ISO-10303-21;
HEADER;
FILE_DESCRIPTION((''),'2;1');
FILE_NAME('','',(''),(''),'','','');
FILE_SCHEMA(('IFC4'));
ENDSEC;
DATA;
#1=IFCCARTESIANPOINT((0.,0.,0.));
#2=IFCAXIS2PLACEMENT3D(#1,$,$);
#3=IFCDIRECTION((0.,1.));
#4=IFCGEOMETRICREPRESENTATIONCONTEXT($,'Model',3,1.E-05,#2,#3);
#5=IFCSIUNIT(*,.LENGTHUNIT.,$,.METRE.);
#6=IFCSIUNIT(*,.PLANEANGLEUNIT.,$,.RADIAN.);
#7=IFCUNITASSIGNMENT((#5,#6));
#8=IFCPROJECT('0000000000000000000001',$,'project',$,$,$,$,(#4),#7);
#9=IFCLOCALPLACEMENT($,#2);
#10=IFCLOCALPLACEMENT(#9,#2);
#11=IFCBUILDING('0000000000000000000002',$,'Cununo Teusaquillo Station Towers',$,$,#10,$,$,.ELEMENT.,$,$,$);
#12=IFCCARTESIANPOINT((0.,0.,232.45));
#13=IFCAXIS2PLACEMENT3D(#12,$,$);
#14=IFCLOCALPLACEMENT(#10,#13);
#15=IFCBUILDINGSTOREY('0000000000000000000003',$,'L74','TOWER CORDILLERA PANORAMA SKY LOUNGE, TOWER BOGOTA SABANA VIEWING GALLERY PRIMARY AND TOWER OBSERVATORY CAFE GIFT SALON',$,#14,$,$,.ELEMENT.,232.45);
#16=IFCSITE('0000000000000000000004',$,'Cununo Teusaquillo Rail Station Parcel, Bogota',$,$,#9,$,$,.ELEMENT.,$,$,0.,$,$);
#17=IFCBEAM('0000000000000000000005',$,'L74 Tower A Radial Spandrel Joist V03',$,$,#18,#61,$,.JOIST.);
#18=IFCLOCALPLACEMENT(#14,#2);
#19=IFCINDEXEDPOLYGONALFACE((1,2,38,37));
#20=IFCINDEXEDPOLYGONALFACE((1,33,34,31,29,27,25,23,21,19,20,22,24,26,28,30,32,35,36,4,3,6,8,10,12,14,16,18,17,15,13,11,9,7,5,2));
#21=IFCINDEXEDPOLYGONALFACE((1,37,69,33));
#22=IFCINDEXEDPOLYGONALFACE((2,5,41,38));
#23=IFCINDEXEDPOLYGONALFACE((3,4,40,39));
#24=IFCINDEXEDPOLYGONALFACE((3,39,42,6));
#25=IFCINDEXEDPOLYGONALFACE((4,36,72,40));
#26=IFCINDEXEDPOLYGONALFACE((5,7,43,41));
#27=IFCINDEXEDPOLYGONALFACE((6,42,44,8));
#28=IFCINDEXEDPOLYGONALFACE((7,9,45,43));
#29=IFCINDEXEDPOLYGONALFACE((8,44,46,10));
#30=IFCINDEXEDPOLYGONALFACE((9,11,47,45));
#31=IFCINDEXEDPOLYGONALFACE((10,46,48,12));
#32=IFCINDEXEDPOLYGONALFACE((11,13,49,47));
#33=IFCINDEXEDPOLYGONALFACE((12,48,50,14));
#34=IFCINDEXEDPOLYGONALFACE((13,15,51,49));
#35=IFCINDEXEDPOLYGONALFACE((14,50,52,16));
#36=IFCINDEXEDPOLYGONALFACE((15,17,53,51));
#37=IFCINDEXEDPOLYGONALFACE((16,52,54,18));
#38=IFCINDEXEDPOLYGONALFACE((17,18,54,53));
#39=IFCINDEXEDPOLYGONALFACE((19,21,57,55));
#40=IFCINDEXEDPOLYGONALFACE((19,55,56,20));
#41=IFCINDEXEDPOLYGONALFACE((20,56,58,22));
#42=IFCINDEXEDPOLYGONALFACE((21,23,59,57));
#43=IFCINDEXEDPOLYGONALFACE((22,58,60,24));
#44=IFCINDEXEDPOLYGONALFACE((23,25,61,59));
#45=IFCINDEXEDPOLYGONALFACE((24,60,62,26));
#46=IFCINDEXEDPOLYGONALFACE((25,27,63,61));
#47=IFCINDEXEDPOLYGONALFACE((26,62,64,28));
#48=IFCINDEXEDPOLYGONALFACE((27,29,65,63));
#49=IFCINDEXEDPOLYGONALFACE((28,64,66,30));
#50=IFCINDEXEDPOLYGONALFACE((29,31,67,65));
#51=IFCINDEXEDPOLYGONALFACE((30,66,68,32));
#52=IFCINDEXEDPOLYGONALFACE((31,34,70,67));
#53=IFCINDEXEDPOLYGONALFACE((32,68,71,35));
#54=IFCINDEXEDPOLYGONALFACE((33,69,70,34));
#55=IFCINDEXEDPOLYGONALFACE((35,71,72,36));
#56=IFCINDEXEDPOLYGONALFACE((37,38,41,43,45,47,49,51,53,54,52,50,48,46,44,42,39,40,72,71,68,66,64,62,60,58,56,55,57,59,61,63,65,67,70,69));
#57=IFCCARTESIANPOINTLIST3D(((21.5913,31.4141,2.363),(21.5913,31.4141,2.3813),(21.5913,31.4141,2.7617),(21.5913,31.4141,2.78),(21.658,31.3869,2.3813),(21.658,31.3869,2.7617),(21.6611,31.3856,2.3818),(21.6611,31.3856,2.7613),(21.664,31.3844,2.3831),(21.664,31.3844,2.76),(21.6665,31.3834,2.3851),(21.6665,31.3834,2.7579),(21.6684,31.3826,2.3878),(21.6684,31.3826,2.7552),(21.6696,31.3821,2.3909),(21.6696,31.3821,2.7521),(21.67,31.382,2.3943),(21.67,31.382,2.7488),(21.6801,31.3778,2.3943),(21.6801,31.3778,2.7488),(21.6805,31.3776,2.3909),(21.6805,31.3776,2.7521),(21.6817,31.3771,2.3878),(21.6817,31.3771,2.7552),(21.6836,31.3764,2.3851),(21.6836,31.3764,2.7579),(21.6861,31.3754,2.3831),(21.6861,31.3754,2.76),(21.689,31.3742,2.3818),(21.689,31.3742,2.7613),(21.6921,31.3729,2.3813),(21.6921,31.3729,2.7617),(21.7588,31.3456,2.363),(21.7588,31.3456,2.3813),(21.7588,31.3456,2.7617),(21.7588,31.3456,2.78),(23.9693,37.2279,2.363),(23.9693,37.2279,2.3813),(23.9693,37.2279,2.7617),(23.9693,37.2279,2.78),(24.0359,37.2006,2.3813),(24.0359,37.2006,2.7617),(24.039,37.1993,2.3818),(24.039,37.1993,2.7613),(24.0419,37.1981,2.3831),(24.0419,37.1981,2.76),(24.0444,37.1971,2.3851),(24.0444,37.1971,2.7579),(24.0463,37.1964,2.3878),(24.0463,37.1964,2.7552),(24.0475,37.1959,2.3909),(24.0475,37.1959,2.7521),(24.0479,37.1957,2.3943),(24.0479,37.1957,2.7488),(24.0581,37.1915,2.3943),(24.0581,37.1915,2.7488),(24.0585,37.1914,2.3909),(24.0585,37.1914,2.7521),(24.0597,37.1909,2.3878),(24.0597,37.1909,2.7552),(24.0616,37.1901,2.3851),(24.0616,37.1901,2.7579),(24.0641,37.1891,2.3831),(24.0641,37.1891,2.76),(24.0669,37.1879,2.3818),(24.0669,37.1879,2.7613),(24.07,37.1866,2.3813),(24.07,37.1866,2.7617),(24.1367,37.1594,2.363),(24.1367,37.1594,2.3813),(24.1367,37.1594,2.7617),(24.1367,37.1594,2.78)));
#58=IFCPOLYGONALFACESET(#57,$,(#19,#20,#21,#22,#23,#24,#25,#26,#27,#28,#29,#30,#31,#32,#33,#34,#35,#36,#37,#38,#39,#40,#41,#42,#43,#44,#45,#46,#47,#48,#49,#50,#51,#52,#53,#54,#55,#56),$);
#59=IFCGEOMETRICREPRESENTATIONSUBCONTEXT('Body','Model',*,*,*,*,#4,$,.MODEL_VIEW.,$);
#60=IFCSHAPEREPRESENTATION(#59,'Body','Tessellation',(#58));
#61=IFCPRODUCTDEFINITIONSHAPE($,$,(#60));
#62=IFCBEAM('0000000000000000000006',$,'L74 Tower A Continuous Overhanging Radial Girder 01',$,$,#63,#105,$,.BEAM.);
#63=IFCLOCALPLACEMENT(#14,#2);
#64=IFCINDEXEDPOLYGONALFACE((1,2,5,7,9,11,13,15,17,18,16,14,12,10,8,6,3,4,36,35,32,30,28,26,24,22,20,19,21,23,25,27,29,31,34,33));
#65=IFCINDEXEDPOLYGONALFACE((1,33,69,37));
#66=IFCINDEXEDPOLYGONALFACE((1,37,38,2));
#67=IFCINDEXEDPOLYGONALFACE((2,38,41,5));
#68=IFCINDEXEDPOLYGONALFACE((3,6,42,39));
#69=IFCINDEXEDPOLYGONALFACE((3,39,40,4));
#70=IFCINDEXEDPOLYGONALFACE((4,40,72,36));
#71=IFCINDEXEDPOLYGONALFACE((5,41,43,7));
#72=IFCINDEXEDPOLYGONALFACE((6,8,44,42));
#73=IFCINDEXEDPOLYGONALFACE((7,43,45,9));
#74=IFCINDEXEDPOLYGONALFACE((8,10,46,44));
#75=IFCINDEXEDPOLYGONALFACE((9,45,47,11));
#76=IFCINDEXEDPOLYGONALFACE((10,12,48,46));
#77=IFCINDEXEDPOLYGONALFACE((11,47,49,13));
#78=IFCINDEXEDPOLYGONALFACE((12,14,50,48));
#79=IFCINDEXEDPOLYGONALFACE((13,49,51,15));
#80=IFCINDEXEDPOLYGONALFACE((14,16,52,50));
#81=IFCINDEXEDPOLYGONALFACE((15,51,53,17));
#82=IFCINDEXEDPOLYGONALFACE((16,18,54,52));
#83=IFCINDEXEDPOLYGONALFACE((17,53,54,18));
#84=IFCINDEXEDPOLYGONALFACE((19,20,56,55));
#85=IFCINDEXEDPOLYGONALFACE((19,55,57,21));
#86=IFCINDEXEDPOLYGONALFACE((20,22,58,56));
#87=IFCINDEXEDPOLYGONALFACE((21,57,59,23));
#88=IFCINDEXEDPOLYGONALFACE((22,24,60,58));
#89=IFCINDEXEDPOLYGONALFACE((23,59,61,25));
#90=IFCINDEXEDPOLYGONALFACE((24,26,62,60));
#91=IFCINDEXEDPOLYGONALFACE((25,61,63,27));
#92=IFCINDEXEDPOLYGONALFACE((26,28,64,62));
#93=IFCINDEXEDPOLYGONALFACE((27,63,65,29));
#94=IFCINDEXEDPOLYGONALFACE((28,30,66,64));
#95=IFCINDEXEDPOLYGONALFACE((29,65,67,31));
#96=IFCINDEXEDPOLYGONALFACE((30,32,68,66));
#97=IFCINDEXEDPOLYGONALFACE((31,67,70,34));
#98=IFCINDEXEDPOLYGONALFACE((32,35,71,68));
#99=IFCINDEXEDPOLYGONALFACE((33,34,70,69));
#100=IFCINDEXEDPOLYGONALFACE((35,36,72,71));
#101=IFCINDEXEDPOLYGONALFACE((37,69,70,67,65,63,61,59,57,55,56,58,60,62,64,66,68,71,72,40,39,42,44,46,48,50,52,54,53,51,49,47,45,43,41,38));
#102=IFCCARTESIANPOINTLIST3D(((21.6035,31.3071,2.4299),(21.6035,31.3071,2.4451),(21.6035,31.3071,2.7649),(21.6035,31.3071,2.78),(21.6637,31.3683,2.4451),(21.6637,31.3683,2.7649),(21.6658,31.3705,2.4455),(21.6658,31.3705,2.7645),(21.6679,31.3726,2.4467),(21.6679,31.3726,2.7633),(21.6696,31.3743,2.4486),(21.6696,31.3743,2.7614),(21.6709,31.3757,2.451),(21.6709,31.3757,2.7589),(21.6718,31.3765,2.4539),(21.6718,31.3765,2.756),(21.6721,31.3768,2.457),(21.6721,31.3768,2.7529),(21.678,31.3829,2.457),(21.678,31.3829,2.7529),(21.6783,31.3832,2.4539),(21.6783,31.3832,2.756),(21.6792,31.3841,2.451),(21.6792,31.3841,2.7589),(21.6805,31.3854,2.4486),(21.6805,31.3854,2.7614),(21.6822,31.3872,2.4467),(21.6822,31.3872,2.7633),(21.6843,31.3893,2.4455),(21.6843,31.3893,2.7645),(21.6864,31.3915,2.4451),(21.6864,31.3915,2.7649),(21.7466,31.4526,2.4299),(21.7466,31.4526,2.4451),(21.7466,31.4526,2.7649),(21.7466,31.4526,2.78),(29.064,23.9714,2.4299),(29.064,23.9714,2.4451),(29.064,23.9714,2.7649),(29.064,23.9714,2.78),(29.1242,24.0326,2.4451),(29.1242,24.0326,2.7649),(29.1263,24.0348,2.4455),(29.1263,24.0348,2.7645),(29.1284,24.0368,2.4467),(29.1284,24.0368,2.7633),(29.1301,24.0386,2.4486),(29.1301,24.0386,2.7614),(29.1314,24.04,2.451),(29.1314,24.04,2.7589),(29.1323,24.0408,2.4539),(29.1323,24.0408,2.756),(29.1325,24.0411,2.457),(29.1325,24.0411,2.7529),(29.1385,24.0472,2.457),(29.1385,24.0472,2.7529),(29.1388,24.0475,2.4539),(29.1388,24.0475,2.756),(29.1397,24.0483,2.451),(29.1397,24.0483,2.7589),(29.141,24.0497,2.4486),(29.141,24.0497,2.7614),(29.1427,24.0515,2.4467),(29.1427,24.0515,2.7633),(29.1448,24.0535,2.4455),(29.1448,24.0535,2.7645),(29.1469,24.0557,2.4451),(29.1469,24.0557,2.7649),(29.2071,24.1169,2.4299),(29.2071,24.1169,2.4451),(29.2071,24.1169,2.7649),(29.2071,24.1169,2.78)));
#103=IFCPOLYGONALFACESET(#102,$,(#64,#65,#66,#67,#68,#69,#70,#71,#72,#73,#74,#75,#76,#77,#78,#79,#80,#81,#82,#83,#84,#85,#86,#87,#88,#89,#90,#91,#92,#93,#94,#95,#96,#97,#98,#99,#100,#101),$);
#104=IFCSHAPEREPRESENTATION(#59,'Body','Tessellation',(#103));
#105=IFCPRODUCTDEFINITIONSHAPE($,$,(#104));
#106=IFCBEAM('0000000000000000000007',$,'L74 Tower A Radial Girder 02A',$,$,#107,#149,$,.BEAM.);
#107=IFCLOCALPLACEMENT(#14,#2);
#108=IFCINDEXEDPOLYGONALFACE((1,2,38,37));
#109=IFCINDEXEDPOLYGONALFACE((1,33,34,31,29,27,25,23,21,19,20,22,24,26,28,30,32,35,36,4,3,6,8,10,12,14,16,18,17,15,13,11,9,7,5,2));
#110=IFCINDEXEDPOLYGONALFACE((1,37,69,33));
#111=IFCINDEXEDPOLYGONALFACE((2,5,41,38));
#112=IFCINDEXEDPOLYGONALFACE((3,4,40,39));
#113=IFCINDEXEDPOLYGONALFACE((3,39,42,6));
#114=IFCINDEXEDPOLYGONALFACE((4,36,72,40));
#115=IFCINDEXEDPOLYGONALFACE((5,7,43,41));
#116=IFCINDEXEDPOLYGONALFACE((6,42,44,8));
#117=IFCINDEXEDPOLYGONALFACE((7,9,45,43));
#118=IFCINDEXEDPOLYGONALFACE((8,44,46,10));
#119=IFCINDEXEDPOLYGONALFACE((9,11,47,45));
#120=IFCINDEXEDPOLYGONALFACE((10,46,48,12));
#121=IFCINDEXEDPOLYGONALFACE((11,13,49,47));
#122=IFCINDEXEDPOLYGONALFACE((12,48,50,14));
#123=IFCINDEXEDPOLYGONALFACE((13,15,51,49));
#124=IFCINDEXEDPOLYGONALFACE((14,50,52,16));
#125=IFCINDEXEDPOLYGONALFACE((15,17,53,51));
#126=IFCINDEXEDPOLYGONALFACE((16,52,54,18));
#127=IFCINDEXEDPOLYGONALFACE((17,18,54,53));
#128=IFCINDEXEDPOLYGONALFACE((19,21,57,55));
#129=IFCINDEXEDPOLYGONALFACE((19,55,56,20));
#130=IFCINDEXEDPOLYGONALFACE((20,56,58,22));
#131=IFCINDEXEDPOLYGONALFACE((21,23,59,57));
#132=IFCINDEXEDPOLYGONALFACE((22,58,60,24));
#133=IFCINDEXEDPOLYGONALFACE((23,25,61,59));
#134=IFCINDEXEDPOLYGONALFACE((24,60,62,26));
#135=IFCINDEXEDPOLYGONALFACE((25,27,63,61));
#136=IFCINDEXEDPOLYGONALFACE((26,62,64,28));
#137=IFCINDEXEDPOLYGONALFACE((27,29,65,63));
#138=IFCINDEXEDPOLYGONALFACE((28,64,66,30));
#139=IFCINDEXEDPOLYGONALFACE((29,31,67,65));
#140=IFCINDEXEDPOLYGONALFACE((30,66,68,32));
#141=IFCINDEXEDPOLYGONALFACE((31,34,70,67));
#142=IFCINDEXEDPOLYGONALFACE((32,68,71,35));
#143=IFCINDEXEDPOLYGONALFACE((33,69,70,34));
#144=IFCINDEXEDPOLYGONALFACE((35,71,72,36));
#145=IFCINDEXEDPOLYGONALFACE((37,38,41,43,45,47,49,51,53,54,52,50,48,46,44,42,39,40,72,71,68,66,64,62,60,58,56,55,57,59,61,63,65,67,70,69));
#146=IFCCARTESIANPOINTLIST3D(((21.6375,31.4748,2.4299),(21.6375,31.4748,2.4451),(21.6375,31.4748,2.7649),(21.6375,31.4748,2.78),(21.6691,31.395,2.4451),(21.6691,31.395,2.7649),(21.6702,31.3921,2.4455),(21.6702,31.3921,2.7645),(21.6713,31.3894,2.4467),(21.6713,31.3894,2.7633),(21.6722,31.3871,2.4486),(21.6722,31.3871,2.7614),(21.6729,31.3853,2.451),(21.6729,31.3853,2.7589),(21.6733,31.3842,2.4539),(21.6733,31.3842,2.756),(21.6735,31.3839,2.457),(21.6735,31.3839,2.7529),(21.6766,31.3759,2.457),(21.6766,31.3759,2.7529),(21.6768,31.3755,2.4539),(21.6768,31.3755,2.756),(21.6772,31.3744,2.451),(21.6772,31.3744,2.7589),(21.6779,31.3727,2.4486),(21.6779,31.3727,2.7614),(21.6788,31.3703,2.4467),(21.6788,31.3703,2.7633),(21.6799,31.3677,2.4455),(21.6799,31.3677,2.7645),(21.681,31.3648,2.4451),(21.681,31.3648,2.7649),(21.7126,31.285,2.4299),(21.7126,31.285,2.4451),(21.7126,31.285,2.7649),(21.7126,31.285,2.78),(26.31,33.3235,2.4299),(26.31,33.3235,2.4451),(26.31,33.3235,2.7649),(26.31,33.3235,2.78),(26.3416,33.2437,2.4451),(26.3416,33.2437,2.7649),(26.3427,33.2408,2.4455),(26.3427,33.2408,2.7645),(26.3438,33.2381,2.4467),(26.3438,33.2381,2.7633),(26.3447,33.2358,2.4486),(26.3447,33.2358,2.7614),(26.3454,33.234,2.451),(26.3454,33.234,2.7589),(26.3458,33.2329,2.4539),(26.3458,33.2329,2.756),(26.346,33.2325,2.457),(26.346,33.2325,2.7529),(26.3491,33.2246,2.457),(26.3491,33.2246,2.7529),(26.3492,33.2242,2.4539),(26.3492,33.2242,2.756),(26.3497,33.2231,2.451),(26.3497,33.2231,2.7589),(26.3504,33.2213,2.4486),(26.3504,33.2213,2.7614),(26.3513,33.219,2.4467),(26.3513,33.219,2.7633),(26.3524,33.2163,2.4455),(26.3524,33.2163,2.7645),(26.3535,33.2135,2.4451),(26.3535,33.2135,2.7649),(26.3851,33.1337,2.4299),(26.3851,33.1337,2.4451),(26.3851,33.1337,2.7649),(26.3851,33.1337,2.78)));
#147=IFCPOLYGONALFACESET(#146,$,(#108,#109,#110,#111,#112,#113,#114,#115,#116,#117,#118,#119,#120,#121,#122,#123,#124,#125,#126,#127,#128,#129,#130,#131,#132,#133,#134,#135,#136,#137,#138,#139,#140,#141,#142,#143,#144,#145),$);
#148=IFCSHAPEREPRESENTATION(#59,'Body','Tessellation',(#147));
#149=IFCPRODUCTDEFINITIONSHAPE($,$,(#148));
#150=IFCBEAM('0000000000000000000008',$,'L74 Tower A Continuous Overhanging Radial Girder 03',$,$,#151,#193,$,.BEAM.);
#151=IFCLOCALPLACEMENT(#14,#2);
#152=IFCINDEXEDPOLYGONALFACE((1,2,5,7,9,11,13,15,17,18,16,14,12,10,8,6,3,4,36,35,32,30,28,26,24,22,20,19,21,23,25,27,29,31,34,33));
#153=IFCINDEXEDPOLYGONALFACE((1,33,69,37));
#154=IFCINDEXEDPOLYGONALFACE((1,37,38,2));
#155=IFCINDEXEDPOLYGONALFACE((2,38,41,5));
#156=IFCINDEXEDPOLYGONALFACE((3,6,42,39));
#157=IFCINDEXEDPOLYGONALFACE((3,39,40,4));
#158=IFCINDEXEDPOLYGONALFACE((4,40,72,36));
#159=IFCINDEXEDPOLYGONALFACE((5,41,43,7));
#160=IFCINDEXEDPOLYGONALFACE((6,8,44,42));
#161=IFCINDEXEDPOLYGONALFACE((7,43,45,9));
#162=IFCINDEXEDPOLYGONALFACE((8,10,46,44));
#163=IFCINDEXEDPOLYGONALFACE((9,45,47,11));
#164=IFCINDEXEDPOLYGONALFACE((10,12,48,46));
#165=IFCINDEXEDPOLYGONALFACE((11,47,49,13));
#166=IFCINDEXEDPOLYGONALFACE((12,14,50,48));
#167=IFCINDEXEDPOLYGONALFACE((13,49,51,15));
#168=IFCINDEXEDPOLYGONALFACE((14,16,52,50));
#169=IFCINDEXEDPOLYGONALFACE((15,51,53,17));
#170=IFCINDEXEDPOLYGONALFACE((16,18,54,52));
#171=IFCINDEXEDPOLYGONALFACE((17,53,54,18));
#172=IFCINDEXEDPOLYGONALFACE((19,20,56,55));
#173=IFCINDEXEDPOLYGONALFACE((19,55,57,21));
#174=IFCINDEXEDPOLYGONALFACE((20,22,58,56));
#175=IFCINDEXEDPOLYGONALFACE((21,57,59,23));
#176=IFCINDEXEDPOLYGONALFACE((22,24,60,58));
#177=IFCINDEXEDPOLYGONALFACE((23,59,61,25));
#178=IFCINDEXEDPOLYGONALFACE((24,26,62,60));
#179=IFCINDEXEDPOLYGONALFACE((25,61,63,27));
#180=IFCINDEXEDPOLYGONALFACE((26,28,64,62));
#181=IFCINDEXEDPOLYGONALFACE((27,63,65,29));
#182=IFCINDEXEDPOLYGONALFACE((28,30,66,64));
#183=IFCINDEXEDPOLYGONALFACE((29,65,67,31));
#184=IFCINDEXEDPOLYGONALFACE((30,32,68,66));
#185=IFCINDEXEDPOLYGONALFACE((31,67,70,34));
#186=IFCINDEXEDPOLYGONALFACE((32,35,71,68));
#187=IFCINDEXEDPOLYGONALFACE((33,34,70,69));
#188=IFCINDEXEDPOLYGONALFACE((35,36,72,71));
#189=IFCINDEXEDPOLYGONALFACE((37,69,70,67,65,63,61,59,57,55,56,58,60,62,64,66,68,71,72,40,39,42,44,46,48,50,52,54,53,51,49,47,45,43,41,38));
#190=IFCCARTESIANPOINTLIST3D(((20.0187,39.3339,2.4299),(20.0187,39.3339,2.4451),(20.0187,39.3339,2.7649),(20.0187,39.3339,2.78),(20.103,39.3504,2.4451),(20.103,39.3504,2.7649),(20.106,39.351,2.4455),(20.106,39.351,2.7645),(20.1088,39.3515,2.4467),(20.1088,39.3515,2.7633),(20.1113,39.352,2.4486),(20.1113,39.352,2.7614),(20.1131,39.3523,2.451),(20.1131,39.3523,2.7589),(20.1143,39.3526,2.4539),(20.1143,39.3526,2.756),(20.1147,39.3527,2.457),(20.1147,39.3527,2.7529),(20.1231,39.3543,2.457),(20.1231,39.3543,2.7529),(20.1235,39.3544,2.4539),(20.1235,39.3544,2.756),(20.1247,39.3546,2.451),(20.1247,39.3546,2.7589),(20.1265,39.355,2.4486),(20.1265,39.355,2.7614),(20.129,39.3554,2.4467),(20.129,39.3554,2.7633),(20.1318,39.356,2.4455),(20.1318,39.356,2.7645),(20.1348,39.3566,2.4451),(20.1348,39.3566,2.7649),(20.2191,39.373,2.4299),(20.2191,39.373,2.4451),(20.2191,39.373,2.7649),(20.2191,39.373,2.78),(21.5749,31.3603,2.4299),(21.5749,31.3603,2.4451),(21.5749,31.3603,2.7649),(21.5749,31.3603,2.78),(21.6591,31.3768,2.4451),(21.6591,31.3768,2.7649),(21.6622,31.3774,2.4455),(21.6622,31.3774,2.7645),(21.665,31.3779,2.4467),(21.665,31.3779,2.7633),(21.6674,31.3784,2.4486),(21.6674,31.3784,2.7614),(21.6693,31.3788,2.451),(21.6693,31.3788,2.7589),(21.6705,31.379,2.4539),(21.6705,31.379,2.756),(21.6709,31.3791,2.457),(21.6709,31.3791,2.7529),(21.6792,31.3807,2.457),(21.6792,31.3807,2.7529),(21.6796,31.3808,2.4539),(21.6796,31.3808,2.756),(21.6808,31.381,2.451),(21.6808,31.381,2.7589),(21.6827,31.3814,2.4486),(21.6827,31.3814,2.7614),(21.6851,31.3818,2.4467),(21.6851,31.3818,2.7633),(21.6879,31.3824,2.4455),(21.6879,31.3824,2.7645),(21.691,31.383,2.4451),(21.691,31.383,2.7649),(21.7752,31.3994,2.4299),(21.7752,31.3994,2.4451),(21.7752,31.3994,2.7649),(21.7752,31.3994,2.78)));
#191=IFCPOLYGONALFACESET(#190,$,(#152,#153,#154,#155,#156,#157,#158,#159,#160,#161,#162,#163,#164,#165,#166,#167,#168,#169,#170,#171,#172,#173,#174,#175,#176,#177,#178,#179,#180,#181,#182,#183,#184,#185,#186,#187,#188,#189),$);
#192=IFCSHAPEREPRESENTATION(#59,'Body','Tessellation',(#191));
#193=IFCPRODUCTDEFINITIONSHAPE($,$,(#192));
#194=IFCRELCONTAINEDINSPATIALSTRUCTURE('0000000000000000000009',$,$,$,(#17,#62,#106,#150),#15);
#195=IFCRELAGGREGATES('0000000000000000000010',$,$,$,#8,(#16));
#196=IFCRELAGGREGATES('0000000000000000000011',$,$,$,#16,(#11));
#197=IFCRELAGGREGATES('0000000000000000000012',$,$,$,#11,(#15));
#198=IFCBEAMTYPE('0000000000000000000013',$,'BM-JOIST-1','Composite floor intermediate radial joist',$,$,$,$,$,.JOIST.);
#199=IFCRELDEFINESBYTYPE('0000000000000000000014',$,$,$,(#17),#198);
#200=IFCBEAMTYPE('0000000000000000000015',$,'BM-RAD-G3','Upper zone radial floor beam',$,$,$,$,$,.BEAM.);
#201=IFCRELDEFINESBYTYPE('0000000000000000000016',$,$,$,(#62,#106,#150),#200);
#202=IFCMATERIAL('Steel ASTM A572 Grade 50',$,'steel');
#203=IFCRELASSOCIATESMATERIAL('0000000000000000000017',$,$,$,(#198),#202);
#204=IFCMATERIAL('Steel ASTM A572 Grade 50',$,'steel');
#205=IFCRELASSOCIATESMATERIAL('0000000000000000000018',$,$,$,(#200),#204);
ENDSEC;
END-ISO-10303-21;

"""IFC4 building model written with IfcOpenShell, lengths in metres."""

from ifc_helpers import new_model, si_unit, direction, frame, origin, origin_2d, place, context, subcontext, project, spatial, i_section, extrude, material, material_profile, profile_set, type_object, element, save


model = new_model("IFC4")

# Units and contexts
model_context = context("Model", 3, precision=1e-05, world=origin(), true_north=direction((0.0, 1.0)))
body_context = subcontext(model_context, "Body", "Model", "MODEL_VIEW")
ifc_project = project(units=[si_unit("LENGTHUNIT", "METRE"), si_unit("PLANEANGLEUNIT", "RADIAN")], contexts=[model_context])

# Site, building, storey
site_placement = place(None, origin())
site = spatial("IfcSite", under=ifc_project, at=site_placement, Name="Cununo Teusaquillo Rail Station Parcel, Bogota", CompositionType="ELEMENT", RefElevation=0.0)
building_placement = place(site_placement, origin())
building = spatial("IfcBuilding", under=site, at=building_placement, Name="Cununo Teusaquillo Station Towers", CompositionType="ELEMENT")
storey_placement = place(building_placement, frame((0.0, 0.0, 232.45)))
storey = spatial("IfcBuildingStorey", under=building, at=storey_placement, Name="L74", Description="TOWER CORDILLERA PANORAMA SKY LOUNGE, TOWER BOGOTA SABANA VIEWING GALLERY PRIMARY AND TOWER OBSERVATORY CAFE GIFT SALON", CompositionType="ELEMENT", Elevation=232.45)

# Beams
ifc_material_1 = material(Name="Steel ASTM A572 Grade 50", Category="steel")
ifc_material_profile_1 = material_profile(ifc_material_1, i_section(OverallWidth=0.1809, OverallDepth=0.417, WebThickness=0.011, FlangeThickness=0.0183, FilletRadius=0.0129, at=origin_2d()), Name="W16X57")
ifc_profile_set_1 = profile_set([ifc_material_profile_1], Name="Steel ASTM A572 Grade 50")
beam_type_1 = type_object("IfcBeamType", Name="BM-JOIST-1", Description="Composite floor intermediate radial joist", PredefinedType="JOIST", material=ifc_profile_set_1)
beam_1_placement = place(storey_placement, frame((21.675, 31.3799, 2.5715), z_axis=(0.378577, 0.92557, 0.0), x_axis=(-0.92557, 0.378577, 0.0)))
element("IfcBeam", 1, at=beam_1_placement, inside=storey, type_object=beam_type_1, Name="L74 Tower A Radial Spandrel Joist V03", PredefinedType="JOIST", context=body_context, shape_type="SweptSolid", body=[
    extrude(i_section(OverallWidth=0.1809, OverallDepth=0.417, WebThickness=0.011, FlangeThickness=0.0183, FilletRadius=0.0129, at=origin_2d()), origin(), (0.0, 0.0, 1.0), 6.2812),
])
ifc_material_2 = material(Name="Steel ASTM A572 Grade 50", Category="steel")
ifc_material_profile_2 = material_profile(ifc_material_2, i_section(OverallWidth=0.2041, OverallDepth=0.3501, WebThickness=0.0085, FlangeThickness=0.0151, FilletRadius=0.012, at=origin_2d()), Name="W14X48")
ifc_profile_set_2 = profile_set([ifc_material_profile_2], Name="Steel ASTM A572 Grade 50")
beam_type_2 = type_object("IfcBeamType", Name="BM-RAD-G3", Description="Upper zone radial floor beam", PredefinedType="BEAM", material=ifc_profile_set_2)
beam_2_placement = place(storey_placement, frame((21.675, 31.3799, 2.605), z_axis=(0.713044, -0.70112, 0.0), x_axis=(0.70112, 0.713044, 0.0)))
element("IfcBeam", 2, at=beam_2_placement, inside=storey, type_object=beam_type_2, Name="L74 Tower A Continuous Overhanging Radial Girder 01", PredefinedType="BEAM", context=body_context, shape_type="SweptSolid", body=[
    extrude(i_section(OverallWidth=0.2041, OverallDepth=0.3501, WebThickness=0.0085, FlangeThickness=0.0151, FilletRadius=0.012, at=origin_2d()), origin(), (0.0, 0.0, 1.0), 10.4629),
])
beam_3_placement = place(storey_placement, frame((21.675, 31.3799, 2.605), z_axis=(0.929864, 0.367903, 0.0), x_axis=(-0.367903, 0.929864, 0.0)))
element("IfcBeam", 3, at=beam_3_placement, inside=storey, type_object=beam_type_2, Name="L74 Tower A Radial Girder 02A", PredefinedType="BEAM", context=body_context, shape_type="SweptSolid", body=[
    extrude(i_section(OverallWidth=0.2041, OverallDepth=0.3501, WebThickness=0.0085, FlangeThickness=0.0151, FilletRadius=0.012, at=origin_2d()), origin(), (0.0, 0.0, 1.0), 5.0249),
])
beam_4_placement = place(storey_placement, frame((21.675, 31.3799, 2.605), z_axis=(-0.191548, 0.981483, 0.0), x_axis=(-0.981483, -0.191548, 0.0)))
element("IfcBeam", 4, at=beam_4_placement, inside=storey, type_object=beam_type_2, Name="L74 Tower A Continuous Overhanging Radial Girder 03", PredefinedType="BEAM", context=body_context, shape_type="SweptSolid", body=[
    extrude(i_section(OverallWidth=0.2041, OverallDepth=0.3501, WebThickness=0.0085, FlangeThickness=0.0151, FilletRadius=0.012, at=origin_2d()), origin(), (0.0, 0.0, 1.0), 8.124),
])

save(model, "model.ifc")
